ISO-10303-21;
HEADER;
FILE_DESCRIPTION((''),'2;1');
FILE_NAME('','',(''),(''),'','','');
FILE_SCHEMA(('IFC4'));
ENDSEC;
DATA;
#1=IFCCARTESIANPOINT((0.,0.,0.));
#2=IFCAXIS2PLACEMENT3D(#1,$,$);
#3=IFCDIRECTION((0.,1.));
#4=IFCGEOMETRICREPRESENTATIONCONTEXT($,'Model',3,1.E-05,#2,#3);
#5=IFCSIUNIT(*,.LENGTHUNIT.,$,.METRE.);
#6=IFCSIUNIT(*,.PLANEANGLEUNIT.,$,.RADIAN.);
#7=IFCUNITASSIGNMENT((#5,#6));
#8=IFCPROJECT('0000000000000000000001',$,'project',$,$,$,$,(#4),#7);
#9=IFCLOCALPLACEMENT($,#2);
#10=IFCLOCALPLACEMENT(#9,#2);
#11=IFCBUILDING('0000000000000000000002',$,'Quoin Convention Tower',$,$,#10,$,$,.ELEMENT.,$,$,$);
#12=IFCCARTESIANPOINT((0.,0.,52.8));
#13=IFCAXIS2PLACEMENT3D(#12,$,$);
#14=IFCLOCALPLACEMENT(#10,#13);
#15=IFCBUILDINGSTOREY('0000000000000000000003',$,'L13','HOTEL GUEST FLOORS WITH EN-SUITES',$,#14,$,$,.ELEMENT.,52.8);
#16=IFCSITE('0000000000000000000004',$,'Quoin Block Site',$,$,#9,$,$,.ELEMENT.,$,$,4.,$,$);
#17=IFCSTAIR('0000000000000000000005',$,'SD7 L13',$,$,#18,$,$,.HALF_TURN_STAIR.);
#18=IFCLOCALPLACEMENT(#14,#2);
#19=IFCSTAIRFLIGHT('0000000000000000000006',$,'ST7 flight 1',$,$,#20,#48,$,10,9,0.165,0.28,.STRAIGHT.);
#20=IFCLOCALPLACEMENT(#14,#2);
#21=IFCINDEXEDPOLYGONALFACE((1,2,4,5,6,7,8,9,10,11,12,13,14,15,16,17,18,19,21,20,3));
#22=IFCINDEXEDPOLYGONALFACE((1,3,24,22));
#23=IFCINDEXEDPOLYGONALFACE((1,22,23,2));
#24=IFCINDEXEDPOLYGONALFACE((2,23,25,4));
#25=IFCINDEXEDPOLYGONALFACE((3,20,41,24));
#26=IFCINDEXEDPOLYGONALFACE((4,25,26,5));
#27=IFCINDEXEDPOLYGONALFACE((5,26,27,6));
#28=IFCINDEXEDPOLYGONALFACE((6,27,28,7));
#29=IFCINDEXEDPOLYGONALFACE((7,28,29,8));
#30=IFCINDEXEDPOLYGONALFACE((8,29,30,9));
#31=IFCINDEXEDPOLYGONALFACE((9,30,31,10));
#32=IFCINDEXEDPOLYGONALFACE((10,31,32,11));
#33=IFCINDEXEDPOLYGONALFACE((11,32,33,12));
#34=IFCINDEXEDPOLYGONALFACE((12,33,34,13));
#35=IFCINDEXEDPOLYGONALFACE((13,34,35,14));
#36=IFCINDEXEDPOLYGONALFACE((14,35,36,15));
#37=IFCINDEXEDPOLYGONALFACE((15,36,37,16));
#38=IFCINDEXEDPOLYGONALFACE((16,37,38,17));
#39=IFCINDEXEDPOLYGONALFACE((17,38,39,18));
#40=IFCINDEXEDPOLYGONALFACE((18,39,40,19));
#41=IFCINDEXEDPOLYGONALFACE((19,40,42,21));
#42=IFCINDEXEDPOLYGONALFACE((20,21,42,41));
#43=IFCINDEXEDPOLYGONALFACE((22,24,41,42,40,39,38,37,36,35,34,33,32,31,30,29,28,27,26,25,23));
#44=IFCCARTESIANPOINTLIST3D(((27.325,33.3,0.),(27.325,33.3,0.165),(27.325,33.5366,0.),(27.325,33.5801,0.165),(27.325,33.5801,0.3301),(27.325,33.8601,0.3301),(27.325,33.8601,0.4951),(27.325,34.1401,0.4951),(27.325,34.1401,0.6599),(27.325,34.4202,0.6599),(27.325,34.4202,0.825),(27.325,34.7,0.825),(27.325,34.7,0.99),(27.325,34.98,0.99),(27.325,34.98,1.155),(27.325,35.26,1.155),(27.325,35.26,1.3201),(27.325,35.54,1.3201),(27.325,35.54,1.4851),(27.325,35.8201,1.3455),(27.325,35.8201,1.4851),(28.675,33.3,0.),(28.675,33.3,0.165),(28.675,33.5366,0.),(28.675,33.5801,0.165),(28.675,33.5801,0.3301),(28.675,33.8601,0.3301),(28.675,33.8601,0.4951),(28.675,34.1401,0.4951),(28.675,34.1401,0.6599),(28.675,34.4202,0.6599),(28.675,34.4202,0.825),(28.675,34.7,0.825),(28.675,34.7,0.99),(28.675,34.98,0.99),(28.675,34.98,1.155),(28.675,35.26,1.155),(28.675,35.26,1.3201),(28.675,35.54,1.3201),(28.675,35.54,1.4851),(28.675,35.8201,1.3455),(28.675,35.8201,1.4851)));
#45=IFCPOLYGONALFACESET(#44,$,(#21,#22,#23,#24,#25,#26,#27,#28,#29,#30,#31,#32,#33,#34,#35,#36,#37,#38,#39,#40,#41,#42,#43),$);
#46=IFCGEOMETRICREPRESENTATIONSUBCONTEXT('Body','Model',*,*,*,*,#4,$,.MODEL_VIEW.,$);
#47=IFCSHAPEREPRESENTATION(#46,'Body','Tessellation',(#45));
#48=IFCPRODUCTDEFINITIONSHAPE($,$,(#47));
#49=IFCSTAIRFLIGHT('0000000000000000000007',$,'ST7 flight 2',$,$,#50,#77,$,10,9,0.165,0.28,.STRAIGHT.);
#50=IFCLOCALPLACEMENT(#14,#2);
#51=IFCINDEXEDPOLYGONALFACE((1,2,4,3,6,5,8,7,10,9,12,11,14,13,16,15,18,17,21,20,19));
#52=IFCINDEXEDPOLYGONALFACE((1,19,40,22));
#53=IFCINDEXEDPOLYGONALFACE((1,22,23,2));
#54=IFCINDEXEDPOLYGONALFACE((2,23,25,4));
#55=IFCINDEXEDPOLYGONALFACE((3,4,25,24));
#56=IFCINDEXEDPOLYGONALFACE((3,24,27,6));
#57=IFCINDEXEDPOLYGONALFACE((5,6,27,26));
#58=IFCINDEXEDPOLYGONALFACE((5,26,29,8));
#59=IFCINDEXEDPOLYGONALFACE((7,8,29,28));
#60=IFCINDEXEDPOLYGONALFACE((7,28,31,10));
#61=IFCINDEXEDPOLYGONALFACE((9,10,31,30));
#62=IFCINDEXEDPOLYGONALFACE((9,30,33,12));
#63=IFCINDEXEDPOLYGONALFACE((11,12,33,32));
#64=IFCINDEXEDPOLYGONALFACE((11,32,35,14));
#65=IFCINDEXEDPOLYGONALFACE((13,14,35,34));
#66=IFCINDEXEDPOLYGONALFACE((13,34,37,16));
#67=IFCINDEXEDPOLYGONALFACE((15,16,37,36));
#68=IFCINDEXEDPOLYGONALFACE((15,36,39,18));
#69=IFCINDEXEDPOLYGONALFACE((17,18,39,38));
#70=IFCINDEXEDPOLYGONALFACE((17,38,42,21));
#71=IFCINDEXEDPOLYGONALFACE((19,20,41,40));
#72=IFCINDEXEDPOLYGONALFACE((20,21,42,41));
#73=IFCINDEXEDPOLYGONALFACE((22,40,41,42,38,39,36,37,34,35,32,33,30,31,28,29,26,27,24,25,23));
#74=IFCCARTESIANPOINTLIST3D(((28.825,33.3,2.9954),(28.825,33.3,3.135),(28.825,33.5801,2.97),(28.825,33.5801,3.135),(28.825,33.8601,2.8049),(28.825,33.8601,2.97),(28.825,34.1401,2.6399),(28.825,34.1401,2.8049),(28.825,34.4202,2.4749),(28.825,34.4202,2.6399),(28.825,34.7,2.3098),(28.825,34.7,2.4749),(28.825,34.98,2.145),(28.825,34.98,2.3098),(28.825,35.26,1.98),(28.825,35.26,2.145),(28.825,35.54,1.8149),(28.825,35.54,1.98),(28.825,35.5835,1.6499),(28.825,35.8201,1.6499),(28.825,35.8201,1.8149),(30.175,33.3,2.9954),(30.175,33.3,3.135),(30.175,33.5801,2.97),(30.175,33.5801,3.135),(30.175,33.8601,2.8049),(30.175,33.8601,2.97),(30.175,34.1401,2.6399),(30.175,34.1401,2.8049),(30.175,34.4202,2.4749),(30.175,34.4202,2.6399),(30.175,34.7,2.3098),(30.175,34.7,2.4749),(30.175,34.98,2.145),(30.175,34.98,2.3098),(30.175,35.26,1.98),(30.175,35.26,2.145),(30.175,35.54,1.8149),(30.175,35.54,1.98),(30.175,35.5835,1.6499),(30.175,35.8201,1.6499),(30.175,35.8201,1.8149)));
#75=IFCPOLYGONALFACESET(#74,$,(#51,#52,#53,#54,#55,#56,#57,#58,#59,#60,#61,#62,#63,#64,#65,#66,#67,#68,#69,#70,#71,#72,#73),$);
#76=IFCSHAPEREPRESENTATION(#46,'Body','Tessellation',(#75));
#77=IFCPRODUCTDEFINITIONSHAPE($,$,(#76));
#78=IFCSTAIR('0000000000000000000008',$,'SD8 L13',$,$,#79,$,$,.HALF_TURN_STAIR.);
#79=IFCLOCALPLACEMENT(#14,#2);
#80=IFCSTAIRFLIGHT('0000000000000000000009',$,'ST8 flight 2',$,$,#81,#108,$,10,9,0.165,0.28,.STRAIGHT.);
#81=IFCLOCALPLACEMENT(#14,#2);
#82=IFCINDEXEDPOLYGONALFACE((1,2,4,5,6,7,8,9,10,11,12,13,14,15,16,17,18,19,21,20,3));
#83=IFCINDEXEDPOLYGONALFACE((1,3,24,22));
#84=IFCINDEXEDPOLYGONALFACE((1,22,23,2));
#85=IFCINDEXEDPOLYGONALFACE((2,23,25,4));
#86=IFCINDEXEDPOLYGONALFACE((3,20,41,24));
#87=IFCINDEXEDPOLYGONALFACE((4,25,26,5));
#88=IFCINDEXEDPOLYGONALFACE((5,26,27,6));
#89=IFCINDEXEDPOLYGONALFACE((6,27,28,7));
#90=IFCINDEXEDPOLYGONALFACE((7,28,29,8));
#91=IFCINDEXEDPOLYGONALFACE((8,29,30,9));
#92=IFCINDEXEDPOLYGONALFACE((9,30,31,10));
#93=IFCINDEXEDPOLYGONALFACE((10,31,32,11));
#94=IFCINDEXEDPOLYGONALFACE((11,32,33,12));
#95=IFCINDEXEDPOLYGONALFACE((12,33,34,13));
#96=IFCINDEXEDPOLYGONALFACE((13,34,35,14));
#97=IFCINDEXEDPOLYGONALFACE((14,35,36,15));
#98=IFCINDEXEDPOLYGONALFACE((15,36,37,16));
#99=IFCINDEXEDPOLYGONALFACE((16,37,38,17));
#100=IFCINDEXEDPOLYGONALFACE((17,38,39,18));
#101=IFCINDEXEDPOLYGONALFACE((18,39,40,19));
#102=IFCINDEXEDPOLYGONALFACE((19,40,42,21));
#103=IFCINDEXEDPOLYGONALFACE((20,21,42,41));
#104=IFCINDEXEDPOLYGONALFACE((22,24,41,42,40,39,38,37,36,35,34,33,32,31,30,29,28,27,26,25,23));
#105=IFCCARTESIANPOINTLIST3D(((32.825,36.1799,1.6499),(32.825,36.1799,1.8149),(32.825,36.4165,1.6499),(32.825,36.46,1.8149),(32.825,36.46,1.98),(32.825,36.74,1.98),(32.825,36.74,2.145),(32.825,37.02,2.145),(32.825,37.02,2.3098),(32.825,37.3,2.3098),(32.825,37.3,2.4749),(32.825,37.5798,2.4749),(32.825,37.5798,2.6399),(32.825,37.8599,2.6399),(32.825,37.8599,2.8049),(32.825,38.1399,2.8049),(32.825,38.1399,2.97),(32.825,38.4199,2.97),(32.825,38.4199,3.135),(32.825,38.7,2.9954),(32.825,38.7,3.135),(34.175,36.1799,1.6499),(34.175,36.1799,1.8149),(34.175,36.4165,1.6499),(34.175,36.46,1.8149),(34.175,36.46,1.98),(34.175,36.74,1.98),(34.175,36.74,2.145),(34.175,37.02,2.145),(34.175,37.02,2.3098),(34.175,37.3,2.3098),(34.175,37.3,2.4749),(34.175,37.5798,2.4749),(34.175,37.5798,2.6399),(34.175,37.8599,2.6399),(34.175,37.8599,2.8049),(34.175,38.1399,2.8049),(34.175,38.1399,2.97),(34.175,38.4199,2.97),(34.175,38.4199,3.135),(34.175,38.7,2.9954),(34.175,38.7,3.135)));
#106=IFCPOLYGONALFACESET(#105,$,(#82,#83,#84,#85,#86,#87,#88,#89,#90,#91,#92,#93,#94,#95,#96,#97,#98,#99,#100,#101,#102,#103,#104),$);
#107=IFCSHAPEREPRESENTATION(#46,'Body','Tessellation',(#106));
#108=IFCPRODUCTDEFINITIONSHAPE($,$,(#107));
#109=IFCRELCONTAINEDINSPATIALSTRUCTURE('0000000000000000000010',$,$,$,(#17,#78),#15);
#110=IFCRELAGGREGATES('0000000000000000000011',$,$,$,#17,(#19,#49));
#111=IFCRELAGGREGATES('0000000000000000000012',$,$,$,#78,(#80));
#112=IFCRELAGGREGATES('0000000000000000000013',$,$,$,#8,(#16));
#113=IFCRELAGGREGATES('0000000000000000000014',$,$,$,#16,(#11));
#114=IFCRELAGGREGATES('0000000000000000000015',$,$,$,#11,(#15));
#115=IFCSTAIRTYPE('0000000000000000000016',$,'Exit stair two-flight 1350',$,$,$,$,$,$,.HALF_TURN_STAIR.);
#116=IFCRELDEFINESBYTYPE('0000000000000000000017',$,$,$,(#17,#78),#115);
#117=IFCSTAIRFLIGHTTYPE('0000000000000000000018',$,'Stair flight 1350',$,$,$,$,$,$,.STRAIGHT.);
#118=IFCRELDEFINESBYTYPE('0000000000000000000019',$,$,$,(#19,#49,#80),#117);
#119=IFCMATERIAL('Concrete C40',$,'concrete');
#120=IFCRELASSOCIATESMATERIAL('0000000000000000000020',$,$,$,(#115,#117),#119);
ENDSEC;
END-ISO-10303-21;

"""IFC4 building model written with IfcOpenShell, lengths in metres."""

from ifc_helpers import new_model, si_unit, direction, frame, origin, place, context, subcontext, project, spatial, polyline, outline, extrude, material, type_object, element, aggregate, save


model = new_model("IFC4")

# Units and contexts
model_context = context("Model", 3, precision=1e-05, world=origin(), true_north=direction((0.0, 1.0)))
body_context = subcontext(model_context, "Body", "Model", "MODEL_VIEW")
ifc_project = project(units=[si_unit("LENGTHUNIT", "METRE"), si_unit("PLANEANGLEUNIT", "RADIAN")], contexts=[model_context])

# Site, building, storey
site_placement = place(None, origin())
site = spatial("IfcSite", under=ifc_project, at=site_placement, Name="Quoin Block Site", CompositionType="ELEMENT", RefElevation=4.0)
building_placement = place(site_placement, origin())
building = spatial("IfcBuilding", under=site, at=building_placement, Name="Quoin Convention Tower", CompositionType="ELEMENT")
storey_placement = place(building_placement, frame((0.0, 0.0, 52.8)))
storey = spatial("IfcBuildingStorey", under=building, at=storey_placement, Name="L13", Description="HOTEL GUEST FLOORS WITH EN-SUITES", CompositionType="ELEMENT", Elevation=52.8)

# Stair, stair flights
ifc_material_1 = material(Name="Concrete C40", Category="concrete")
stair_type = type_object("IfcStairType", Name="Exit stair two-flight 1350", PredefinedType="HALF_TURN_STAIR", material=ifc_material_1)
stair_1_placement = place(storey_placement, origin())
stair_1 = element("IfcStair", 1, at=stair_1_placement, inside=storey, type_object=stair_type, Name="SD7 L13", PredefinedType="HALF_TURN_STAIR")
stair_flight_type = type_object("IfcStairFlightType", Name="Stair flight 1350", PredefinedType="STRAIGHT", material=ifc_material_1)
stair_flight_1_placement = place(storey_placement, frame((28.0, 33.3, 0.0), z_axis=(0.0, 0.0, 1.0), x_axis=(0.0, 1.0, 0.0)))
stair_flight_1 = element("IfcStairFlight", 2, at=stair_flight_1_placement, type_object=stair_flight_type, Name="ST7 flight 1", NumberOfRisers=10, NumberOfTreads=9, PredefinedType="STRAIGHT", RiserHeight=0.165, TreadLength=0.28, context=body_context, shape_type="SweptSolid", body=[
    extrude(outline(polyline([(0.0, 0.0), (0.0, 0.165), (0.28, 0.165), (0.28, 0.3301), (0.5601, 0.3301), (0.5601, 0.4951), (0.8401, 0.4951), (0.8401, 0.6599), (1.1201, 0.6599), (1.1201, 0.825), (1.3999, 0.825), (1.3999, 0.99), (1.6799, 0.99), (1.6799, 1.155), (1.96, 1.155), (1.96, 1.3201), (2.24, 1.3201), (2.24, 1.4851), (2.52, 1.4851), (2.52, 1.6499), (2.52, 1.3455), (0.2366, 0.0), (0.0, 0.0)])), frame((0.0, 0.675, 0.0), z_axis=(0.0, -1.0, 0.0), x_axis=(1.0, 0.0, 0.0)), (0.0, 0.0, 1.0), 1.3501),
])
stair_flight_2_placement = place(storey_placement, frame((29.5, 35.8201, 1.6499), z_axis=(0.0, 0.0, 1.0), x_axis=(0.0, -1.0, 0.0)))
stair_flight_2 = element("IfcStairFlight", 3, at=stair_flight_2_placement, type_object=stair_flight_type, Name="ST7 flight 2", NumberOfRisers=10, NumberOfTreads=9, PredefinedType="STRAIGHT", RiserHeight=0.165, TreadLength=0.28, context=body_context, shape_type="SweptSolid", body=[
    extrude(outline(polyline([(0.0, 0.0), (0.0, 0.165), (0.28, 0.165), (0.28, 0.3301), (0.5601, 0.3301), (0.5601, 0.4951), (0.8401, 0.4951), (0.8401, 0.6599), (1.1201, 0.6599), (1.1201, 0.825), (1.3999, 0.825), (1.3999, 0.99), (1.6799, 0.99), (1.6799, 1.155), (1.96, 1.155), (1.96, 1.3201), (2.24, 1.3201), (2.24, 1.4851), (2.52, 1.4851), (2.52, 1.6499), (2.52, 1.3455), (0.2366, 0.0), (0.0, 0.0)])), frame((0.0, 0.675, 0.0), z_axis=(0.0, -1.0, 0.0), x_axis=(1.0, 0.0, 0.0)), (0.0, 0.0, 1.0), 1.3501),
])
aggregate(stair_1, [stair_flight_1, stair_flight_2])

# Stair, stair flight
stair_2_placement = place(storey_placement, origin())
stair_2 = element("IfcStair", 4, at=stair_2_placement, inside=storey, type_object=stair_type, Name="SD8 L13", PredefinedType="HALF_TURN_STAIR")
stair_flight_3_placement = place(storey_placement, frame((33.5, 36.1799, 1.6499), z_axis=(0.0, 0.0, 1.0), x_axis=(0.0, 1.0, 0.0)))
stair_flight_3 = element("IfcStairFlight", 5, at=stair_flight_3_placement, type_object=stair_flight_type, Name="ST8 flight 2", NumberOfRisers=10, NumberOfTreads=9, PredefinedType="STRAIGHT", RiserHeight=0.165, TreadLength=0.28, context=body_context, shape_type="SweptSolid", body=[
    extrude(outline(polyline([(0.0, 0.0), (0.0, 0.165), (0.28, 0.165), (0.28, 0.3301), (0.5601, 0.3301), (0.5601, 0.4951), (0.8401, 0.4951), (0.8401, 0.6599), (1.1201, 0.6599), (1.1201, 0.825), (1.3999, 0.825), (1.3999, 0.99), (1.6799, 0.99), (1.6799, 1.155), (1.96, 1.155), (1.96, 1.3201), (2.24, 1.3201), (2.24, 1.4851), (2.52, 1.4851), (2.52, 1.6499), (2.52, 1.3455), (0.2366, 0.0), (0.0, 0.0)])), frame((0.0, 0.675, 0.0), z_axis=(0.0, -1.0, 0.0), x_axis=(1.0, 0.0, 0.0)), (0.0, 0.0, 1.0), 1.3501),
])
aggregate(stair_2, [stair_flight_3])

save(model, "model.ifc")
